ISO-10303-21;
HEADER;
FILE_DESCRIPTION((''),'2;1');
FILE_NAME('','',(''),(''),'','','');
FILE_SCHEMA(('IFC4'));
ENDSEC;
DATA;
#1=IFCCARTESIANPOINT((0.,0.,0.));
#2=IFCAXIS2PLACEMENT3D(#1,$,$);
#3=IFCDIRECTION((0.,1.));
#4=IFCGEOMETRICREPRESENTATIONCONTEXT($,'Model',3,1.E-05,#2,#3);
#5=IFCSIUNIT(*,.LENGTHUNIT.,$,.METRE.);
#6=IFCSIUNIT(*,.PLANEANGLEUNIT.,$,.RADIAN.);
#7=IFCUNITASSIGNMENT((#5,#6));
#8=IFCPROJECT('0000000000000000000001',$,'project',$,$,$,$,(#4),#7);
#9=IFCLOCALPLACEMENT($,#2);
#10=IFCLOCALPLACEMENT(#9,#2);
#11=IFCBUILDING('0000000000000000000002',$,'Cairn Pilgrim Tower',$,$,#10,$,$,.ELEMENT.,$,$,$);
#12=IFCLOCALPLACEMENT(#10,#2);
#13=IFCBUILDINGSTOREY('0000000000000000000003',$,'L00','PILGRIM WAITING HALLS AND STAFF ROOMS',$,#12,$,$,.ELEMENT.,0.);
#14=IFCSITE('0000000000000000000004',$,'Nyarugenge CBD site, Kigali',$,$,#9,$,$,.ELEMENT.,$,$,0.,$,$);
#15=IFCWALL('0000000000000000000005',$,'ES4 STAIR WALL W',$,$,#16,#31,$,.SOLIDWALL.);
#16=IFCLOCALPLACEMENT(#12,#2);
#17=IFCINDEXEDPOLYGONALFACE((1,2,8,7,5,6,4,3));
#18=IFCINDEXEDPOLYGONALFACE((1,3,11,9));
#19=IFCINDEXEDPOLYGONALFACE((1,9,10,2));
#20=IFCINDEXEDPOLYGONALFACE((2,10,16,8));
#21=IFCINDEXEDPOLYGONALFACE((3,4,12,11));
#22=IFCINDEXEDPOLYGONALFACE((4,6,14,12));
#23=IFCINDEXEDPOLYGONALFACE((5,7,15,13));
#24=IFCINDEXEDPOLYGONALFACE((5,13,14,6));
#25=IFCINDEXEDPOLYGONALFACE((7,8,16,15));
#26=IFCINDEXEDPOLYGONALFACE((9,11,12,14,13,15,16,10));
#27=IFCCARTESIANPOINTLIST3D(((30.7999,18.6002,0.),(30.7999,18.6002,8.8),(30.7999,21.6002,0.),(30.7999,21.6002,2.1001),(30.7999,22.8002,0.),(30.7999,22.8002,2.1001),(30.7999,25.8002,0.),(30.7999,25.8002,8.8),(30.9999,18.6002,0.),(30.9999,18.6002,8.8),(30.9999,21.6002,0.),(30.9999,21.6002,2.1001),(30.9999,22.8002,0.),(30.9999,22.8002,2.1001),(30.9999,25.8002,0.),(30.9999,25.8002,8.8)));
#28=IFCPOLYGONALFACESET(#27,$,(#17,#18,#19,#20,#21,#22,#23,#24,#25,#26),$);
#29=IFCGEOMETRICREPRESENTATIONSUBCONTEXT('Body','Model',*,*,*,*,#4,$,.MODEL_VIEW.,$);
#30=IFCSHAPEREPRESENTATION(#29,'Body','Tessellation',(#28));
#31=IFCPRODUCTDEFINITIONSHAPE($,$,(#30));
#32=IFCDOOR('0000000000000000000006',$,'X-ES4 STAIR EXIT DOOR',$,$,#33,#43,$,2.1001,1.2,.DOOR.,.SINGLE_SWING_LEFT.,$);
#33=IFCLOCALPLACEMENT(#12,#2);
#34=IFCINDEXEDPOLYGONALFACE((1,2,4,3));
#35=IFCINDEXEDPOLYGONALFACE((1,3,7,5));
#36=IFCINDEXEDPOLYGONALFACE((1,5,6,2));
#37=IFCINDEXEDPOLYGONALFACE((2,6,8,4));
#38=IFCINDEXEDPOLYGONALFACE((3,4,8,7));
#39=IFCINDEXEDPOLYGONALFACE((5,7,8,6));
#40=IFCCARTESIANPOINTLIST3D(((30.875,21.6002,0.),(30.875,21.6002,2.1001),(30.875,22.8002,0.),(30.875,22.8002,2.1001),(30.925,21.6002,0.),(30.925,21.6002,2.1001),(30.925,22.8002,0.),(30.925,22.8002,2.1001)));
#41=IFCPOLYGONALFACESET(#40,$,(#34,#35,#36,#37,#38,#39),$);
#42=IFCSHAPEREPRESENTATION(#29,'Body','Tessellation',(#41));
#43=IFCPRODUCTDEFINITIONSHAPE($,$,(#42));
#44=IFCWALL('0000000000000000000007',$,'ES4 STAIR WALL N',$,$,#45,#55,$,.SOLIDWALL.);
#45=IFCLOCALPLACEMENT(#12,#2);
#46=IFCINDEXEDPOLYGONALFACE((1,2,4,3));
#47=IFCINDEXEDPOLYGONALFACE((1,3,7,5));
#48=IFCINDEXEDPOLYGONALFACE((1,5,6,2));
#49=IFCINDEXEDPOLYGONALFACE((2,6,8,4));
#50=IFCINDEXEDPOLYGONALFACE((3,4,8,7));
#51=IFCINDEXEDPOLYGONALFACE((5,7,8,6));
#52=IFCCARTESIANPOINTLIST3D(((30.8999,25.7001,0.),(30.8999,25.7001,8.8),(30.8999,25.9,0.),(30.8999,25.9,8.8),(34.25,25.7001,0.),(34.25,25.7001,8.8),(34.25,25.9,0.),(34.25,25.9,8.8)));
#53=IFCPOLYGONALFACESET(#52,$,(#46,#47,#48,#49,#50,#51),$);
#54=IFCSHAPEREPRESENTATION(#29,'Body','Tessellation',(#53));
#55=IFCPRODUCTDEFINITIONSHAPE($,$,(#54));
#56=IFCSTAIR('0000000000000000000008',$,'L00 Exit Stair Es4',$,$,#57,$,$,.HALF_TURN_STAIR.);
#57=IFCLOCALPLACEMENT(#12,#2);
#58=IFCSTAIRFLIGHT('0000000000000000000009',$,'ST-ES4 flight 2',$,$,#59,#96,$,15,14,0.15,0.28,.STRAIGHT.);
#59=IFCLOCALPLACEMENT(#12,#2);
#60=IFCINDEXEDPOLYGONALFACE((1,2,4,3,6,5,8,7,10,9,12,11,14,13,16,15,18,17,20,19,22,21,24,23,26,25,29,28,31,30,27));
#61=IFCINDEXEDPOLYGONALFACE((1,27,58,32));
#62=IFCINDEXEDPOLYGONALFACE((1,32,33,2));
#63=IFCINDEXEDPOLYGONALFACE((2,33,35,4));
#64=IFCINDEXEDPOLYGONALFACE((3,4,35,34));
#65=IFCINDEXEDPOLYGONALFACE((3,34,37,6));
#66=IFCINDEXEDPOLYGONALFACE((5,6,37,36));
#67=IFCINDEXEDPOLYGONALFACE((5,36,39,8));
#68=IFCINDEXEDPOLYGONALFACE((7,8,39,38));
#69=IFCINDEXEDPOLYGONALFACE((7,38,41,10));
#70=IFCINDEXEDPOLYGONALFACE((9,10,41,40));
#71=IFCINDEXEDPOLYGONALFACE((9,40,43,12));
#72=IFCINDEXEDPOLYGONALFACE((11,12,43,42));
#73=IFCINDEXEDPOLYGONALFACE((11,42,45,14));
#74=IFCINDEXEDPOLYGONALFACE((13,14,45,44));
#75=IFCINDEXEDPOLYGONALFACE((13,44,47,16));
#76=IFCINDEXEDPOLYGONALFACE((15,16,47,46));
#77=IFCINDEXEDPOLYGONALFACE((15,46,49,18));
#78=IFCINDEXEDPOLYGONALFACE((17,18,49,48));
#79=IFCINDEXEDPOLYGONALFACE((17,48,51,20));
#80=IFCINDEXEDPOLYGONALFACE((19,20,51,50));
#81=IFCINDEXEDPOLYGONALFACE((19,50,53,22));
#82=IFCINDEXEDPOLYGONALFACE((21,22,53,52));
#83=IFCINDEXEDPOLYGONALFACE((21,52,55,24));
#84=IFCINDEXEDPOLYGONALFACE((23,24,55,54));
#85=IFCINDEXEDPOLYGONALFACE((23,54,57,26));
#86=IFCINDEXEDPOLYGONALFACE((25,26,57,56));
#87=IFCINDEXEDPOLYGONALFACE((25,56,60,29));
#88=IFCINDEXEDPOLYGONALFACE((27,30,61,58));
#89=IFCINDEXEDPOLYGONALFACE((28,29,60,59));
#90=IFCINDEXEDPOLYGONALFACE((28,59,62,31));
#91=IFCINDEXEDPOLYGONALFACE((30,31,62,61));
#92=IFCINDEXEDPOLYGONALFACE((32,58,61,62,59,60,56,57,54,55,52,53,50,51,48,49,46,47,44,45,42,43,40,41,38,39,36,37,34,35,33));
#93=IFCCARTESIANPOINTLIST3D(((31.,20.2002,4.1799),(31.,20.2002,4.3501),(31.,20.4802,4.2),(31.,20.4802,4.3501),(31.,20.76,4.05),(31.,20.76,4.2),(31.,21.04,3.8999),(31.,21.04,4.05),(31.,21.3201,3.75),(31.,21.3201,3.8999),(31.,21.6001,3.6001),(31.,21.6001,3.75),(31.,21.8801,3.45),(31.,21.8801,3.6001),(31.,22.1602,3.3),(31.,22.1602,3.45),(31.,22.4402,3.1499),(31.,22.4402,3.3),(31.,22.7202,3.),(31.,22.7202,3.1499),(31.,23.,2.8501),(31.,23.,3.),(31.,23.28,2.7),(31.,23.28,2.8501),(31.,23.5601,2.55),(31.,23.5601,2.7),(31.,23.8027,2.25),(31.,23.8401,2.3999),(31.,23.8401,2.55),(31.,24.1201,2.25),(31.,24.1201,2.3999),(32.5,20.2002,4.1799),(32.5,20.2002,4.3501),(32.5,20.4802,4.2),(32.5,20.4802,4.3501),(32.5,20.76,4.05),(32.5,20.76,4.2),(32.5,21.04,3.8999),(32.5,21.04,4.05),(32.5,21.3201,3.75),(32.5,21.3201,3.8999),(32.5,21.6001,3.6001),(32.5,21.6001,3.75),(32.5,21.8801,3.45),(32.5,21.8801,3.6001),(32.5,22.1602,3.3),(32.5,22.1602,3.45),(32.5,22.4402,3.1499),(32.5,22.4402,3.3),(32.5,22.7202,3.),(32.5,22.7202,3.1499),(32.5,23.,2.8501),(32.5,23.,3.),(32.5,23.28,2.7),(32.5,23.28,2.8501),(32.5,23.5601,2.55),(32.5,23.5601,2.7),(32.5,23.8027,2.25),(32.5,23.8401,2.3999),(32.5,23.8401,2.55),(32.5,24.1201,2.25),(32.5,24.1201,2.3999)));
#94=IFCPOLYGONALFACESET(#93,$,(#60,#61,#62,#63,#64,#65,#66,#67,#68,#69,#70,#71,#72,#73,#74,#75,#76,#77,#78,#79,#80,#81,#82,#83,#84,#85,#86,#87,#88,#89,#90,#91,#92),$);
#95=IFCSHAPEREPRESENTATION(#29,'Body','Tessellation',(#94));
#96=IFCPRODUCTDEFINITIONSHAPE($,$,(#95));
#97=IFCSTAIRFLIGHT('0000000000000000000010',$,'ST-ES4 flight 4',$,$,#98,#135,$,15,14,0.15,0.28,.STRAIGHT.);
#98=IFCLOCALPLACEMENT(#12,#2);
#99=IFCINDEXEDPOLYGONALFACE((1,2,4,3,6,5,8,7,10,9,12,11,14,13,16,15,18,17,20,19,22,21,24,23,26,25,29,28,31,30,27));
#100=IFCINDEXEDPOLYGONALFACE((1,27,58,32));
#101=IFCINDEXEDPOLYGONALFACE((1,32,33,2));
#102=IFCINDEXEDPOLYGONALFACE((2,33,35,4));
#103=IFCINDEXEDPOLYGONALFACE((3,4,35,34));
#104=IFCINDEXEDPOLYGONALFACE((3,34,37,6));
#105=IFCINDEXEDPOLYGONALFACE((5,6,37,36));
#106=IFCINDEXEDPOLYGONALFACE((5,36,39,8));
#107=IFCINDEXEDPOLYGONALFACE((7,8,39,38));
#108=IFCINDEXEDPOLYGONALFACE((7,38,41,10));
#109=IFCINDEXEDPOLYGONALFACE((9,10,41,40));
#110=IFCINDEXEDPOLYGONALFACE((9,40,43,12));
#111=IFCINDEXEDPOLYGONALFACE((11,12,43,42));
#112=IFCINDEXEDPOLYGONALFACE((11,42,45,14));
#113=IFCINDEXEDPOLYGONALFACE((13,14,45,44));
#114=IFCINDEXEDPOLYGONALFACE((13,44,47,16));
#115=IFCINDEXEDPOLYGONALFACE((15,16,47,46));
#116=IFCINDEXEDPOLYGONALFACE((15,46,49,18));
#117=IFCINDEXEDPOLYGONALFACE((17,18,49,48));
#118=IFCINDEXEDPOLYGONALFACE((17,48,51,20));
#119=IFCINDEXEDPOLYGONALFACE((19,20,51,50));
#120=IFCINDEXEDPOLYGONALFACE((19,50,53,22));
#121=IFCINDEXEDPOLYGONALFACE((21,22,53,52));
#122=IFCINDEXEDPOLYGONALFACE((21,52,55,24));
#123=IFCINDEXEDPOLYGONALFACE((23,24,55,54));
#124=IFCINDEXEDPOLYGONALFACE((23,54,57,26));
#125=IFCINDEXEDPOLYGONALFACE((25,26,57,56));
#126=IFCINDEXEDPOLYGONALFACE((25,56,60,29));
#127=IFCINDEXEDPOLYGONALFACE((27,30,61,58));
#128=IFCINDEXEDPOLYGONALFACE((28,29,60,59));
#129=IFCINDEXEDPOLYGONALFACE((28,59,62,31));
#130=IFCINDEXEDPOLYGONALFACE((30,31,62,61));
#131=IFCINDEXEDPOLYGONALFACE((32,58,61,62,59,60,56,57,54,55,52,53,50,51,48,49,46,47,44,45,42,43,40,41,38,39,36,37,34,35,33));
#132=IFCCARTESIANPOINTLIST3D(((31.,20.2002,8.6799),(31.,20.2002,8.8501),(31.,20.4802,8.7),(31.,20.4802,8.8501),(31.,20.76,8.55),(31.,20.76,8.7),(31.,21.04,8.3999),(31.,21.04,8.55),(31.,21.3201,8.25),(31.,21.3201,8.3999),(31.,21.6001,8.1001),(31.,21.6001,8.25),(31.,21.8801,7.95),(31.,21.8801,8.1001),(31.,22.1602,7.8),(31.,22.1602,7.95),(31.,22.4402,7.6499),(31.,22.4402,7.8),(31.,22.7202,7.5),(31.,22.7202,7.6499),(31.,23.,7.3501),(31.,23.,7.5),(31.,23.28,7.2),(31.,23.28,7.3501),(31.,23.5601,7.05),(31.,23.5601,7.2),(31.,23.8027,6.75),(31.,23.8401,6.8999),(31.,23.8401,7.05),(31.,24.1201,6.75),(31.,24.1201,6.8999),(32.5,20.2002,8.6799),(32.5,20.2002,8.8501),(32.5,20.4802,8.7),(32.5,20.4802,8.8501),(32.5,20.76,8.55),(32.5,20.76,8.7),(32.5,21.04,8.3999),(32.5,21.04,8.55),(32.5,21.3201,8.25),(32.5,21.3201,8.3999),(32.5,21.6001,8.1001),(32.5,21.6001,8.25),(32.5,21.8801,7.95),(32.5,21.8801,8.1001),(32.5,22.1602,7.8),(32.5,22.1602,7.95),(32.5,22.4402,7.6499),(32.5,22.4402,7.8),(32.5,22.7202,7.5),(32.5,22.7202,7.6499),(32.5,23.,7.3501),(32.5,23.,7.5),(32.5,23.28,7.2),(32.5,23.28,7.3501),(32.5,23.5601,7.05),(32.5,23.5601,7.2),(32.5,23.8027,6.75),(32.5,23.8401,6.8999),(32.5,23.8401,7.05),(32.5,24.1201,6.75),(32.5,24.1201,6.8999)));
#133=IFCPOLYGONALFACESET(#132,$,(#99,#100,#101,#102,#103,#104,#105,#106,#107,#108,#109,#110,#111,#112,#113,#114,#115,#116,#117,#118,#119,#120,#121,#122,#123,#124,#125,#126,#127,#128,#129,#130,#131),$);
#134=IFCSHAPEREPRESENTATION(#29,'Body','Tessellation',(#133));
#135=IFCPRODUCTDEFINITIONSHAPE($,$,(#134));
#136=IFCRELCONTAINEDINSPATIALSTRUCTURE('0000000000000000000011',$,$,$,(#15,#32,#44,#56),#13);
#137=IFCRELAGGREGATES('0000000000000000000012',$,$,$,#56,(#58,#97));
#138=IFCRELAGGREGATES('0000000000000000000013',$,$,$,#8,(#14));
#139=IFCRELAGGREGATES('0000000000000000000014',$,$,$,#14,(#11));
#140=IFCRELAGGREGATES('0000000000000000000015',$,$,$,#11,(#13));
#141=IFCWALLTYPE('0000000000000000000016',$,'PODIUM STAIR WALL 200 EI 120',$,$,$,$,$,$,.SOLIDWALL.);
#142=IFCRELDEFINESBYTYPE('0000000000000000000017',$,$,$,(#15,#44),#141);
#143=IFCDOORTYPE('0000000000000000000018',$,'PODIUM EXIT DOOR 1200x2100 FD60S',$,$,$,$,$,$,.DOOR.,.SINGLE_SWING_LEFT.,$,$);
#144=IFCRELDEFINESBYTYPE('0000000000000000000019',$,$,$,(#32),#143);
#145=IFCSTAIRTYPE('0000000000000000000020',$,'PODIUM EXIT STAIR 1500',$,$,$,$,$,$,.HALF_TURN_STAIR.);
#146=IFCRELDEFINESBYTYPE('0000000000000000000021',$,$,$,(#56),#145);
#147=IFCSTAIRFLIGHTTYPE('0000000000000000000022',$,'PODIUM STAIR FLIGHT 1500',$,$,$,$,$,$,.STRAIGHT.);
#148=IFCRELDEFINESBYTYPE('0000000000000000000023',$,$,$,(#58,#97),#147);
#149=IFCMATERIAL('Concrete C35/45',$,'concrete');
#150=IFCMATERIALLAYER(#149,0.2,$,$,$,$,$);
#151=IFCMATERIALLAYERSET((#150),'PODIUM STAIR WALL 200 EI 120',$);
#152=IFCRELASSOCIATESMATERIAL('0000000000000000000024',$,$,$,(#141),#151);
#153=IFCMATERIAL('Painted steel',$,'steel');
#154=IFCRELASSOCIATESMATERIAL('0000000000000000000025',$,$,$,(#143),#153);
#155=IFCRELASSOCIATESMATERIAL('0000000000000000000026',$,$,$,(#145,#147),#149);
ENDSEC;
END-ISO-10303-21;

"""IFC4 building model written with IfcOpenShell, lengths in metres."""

from ifc_helpers import new_model, si_unit, direction, frame, frame_2d, origin, place, context, subcontext, project, spatial, polyline, rectangle, outline, extrude, material, layer, layer_set, type_object, element, fill, aggregate, save


model = new_model("IFC4")

# Units and contexts
model_context = context("Model", 3, precision=1e-05, world=origin(), true_north=direction((0.0, 1.0)))
body_context = subcontext(model_context, "Body", "Model", "MODEL_VIEW")
ifc_project = project(units=[si_unit("LENGTHUNIT", "METRE"), si_unit("PLANEANGLEUNIT", "RADIAN")], contexts=[model_context])

# Site, building, storey
site_placement = place(None, origin())
site = spatial("IfcSite", under=ifc_project, at=site_placement, Name="Nyarugenge CBD site, Kigali", CompositionType="ELEMENT", RefElevation=0.0)
building_placement = place(site_placement, origin())
building = spatial("IfcBuilding", under=site, at=building_placement, Name="Cairn Pilgrim Tower", CompositionType="ELEMENT")
storey_placement = place(building_placement, origin())
storey = spatial("IfcBuildingStorey", under=building, at=storey_placement, Name="L00", Description="PILGRIM WAITING HALLS AND STAFF ROOMS", CompositionType="ELEMENT", Elevation=0.0)

# Shared definitions
ifc_material_1 = material(Name="Concrete C35/45", Category="concrete")

# Wall, opening, door
ifc_layer_1 = layer(ifc_material_1, 0.2)
ifc_layer_set_1 = layer_set([ifc_layer_1], Name="PODIUM STAIR WALL 200 EI 120")
wall_type_1 = type_object("IfcWallType", Name="PODIUM STAIR WALL 200 EI 120", PredefinedType="SOLIDWALL", material=ifc_layer_set_1)
wall_1_placement = place(storey_placement, frame((30.8999, 18.6001, 0.0), z_axis=(0.0, 0.0, 1.0), x_axis=(0.0, 1.0, 0.0)))
wall_1 = element("IfcWall", 1, at=wall_1_placement, inside=storey, type_object=wall_type_1, Name="ES4 STAIR WALL W", PredefinedType="SOLIDWALL", context=body_context, shape_type="SweptSolid", body=[
    extrude(rectangle(XDim=7.2, YDim=0.2, at=frame_2d((3.6001, 0.0))), origin(), (0.0, 0.0, 1.0), 8.8),
])
opening_1_placement = place(wall_1_placement, frame((3.0, 0.0, 0.0)))
opening_1 = element("IfcOpeningElement", 2, at=opening_1_placement, cuts=wall_1, PredefinedType="OPENING", context=body_context, shape_type="SweptSolid", body=[
    extrude(rectangle(XDim=1.2, YDim=2.1001, at=frame_2d((0.6001, 1.05))), frame((0.0, 0.1099, 0.0), z_axis=(0.0, -1.0, 0.0), x_axis=(1.0, 0.0, 0.0)), (0.0, 0.0, 1.0), 0.22),
])
ifc_material_2 = material(Name="Painted steel", Category="steel")
door_type_1 = type_object("IfcDoorType", Name="PODIUM EXIT DOOR 1200x2100 FD60S", OperationType="SINGLE_SWING_LEFT", PredefinedType="DOOR", material=ifc_material_2)
door_1_placement = place(opening_1_placement, origin())
door_1 = element("IfcDoor", 3, at=door_1_placement, inside=storey, type_object=door_type_1, Name="X-ES4 STAIR EXIT DOOR", OperationType="SINGLE_SWING_LEFT", OverallHeight=2.1001, OverallWidth=1.2, PredefinedType="DOOR", context=body_context, shape_type="SweptSolid", body=[
    extrude(rectangle(XDim=1.2, YDim=2.1001, at=frame_2d((0.6001, 1.05))), frame((0.0, 0.0249, 0.0), z_axis=(0.0, -1.0, 0.0), x_axis=(1.0, 0.0, 0.0)), (0.0, 0.0, 1.0), 0.05),
])
fill(opening_1, door_1)

# Wall
wall_2_placement = place(storey_placement, frame((30.8999, 25.8, 0.0), z_axis=(0.0, 0.0, 1.0), x_axis=(1.0, 0.0, 0.0)))
element("IfcWall", 4, at=wall_2_placement, inside=storey, type_object=wall_type_1, Name="ES4 STAIR WALL N", PredefinedType="SOLIDWALL", context=body_context, shape_type="SweptSolid", body=[
    extrude(rectangle(XDim=3.3501, YDim=0.2, at=frame_2d((1.675, 0.0))), origin(), (0.0, 0.0, 1.0), 8.8),
])

# Stair, stair flights
stair_type = type_object("IfcStairType", Name="PODIUM EXIT STAIR 1500", PredefinedType="HALF_TURN_STAIR", material=ifc_material_1)
stair_placement = place(storey_placement, origin())
stair = element("IfcStair", 5, at=stair_placement, inside=storey, type_object=stair_type, Name="L00 Exit Stair Es4", PredefinedType="HALF_TURN_STAIR")
stair_flight_type = type_object("IfcStairFlightType", Name="PODIUM STAIR FLIGHT 1500", PredefinedType="STRAIGHT", material=ifc_material_1)
stair_flight_1_placement = place(storey_placement, frame((31.75, 24.1201, 2.25), z_axis=(0.0, 0.0, 1.0), x_axis=(0.0, -1.0, 0.0)))
stair_flight_1 = element("IfcStairFlight", 6, at=stair_flight_1_placement, type_object=stair_flight_type, Name="ST-ES4 flight 2", NumberOfRisers=15, NumberOfTreads=14, PredefinedType="STRAIGHT", RiserHeight=0.15, TreadLength=0.28, context=body_context, shape_type="SweptSolid", body=[
    extrude(outline(polyline([(0.0, 0.0), (0.0, 0.1499), (0.28, 0.1499), (0.28, 0.3), (0.5601, 0.3), (0.5601, 0.45), (0.8401, 0.45), (0.8401, 0.6001), (1.1201, 0.6001), (1.1201, 0.75), (1.3999, 0.75), (1.3999, 0.8999), (1.6799, 0.8999), (1.6799, 1.05), (1.96, 1.05), (1.96, 1.2), (2.24, 1.2), (2.24, 1.3501), (2.52, 1.3501), (2.52, 1.5), (2.8, 1.5), (2.8, 1.6499), (3.0801, 1.6499), (3.0801, 1.8), (3.3601, 1.8), (3.3601, 1.95), (3.6399, 1.95), (3.6399, 2.1001), (3.9199, 2.1001), (3.9199, 2.25), (3.9199, 1.9299), (0.3174, 0.0), (0.0, 0.0)])), frame((0.0, 0.75, 0.0), z_axis=(0.0, -1.0, 0.0), x_axis=(1.0, 0.0, 0.0)), (0.0, 0.0, 1.0), 1.5),
])
stair_flight_2_placement = place(storey_placement, frame((31.75, 24.1201, 6.75), z_axis=(0.0, 0.0, 1.0), x_axis=(0.0, -1.0, 0.0)))
stair_flight_2 = element("IfcStairFlight", 7, at=stair_flight_2_placement, type_object=stair_flight_type, Name="ST-ES4 flight 4", NumberOfRisers=15, NumberOfTreads=14, PredefinedType="STRAIGHT", RiserHeight=0.15, TreadLength=0.28, context=body_context, shape_type="SweptSolid", body=[
    extrude(outline(polyline([(0.0, 0.0), (0.0, 0.1499), (0.28, 0.1499), (0.28, 0.3), (0.5601, 0.3), (0.5601, 0.45), (0.8401, 0.45), (0.8401, 0.6001), (1.1201, 0.6001), (1.1201, 0.75), (1.3999, 0.75), (1.3999, 0.8999), (1.6799, 0.8999), (1.6799, 1.05), (1.96, 1.05), (1.96, 1.2), (2.24, 1.2), (2.24, 1.3501), (2.52, 1.3501), (2.52, 1.5), (2.8, 1.5), (2.8, 1.6499), (3.0801, 1.6499), (3.0801, 1.8), (3.3601, 1.8), (3.3601, 1.95), (3.6399, 1.95), (3.6399, 2.1001), (3.9199, 2.1001), (3.9199, 2.25), (3.9199, 1.9299), (0.3174, 0.0), (0.0, 0.0)])), frame((0.0, 0.75, 0.0), z_axis=(0.0, -1.0, 0.0), x_axis=(1.0, 0.0, 0.0)), (0.0, 0.0, 1.0), 1.5),
])
aggregate(stair, [stair_flight_1, stair_flight_2])

save(model, "model.ifc")
